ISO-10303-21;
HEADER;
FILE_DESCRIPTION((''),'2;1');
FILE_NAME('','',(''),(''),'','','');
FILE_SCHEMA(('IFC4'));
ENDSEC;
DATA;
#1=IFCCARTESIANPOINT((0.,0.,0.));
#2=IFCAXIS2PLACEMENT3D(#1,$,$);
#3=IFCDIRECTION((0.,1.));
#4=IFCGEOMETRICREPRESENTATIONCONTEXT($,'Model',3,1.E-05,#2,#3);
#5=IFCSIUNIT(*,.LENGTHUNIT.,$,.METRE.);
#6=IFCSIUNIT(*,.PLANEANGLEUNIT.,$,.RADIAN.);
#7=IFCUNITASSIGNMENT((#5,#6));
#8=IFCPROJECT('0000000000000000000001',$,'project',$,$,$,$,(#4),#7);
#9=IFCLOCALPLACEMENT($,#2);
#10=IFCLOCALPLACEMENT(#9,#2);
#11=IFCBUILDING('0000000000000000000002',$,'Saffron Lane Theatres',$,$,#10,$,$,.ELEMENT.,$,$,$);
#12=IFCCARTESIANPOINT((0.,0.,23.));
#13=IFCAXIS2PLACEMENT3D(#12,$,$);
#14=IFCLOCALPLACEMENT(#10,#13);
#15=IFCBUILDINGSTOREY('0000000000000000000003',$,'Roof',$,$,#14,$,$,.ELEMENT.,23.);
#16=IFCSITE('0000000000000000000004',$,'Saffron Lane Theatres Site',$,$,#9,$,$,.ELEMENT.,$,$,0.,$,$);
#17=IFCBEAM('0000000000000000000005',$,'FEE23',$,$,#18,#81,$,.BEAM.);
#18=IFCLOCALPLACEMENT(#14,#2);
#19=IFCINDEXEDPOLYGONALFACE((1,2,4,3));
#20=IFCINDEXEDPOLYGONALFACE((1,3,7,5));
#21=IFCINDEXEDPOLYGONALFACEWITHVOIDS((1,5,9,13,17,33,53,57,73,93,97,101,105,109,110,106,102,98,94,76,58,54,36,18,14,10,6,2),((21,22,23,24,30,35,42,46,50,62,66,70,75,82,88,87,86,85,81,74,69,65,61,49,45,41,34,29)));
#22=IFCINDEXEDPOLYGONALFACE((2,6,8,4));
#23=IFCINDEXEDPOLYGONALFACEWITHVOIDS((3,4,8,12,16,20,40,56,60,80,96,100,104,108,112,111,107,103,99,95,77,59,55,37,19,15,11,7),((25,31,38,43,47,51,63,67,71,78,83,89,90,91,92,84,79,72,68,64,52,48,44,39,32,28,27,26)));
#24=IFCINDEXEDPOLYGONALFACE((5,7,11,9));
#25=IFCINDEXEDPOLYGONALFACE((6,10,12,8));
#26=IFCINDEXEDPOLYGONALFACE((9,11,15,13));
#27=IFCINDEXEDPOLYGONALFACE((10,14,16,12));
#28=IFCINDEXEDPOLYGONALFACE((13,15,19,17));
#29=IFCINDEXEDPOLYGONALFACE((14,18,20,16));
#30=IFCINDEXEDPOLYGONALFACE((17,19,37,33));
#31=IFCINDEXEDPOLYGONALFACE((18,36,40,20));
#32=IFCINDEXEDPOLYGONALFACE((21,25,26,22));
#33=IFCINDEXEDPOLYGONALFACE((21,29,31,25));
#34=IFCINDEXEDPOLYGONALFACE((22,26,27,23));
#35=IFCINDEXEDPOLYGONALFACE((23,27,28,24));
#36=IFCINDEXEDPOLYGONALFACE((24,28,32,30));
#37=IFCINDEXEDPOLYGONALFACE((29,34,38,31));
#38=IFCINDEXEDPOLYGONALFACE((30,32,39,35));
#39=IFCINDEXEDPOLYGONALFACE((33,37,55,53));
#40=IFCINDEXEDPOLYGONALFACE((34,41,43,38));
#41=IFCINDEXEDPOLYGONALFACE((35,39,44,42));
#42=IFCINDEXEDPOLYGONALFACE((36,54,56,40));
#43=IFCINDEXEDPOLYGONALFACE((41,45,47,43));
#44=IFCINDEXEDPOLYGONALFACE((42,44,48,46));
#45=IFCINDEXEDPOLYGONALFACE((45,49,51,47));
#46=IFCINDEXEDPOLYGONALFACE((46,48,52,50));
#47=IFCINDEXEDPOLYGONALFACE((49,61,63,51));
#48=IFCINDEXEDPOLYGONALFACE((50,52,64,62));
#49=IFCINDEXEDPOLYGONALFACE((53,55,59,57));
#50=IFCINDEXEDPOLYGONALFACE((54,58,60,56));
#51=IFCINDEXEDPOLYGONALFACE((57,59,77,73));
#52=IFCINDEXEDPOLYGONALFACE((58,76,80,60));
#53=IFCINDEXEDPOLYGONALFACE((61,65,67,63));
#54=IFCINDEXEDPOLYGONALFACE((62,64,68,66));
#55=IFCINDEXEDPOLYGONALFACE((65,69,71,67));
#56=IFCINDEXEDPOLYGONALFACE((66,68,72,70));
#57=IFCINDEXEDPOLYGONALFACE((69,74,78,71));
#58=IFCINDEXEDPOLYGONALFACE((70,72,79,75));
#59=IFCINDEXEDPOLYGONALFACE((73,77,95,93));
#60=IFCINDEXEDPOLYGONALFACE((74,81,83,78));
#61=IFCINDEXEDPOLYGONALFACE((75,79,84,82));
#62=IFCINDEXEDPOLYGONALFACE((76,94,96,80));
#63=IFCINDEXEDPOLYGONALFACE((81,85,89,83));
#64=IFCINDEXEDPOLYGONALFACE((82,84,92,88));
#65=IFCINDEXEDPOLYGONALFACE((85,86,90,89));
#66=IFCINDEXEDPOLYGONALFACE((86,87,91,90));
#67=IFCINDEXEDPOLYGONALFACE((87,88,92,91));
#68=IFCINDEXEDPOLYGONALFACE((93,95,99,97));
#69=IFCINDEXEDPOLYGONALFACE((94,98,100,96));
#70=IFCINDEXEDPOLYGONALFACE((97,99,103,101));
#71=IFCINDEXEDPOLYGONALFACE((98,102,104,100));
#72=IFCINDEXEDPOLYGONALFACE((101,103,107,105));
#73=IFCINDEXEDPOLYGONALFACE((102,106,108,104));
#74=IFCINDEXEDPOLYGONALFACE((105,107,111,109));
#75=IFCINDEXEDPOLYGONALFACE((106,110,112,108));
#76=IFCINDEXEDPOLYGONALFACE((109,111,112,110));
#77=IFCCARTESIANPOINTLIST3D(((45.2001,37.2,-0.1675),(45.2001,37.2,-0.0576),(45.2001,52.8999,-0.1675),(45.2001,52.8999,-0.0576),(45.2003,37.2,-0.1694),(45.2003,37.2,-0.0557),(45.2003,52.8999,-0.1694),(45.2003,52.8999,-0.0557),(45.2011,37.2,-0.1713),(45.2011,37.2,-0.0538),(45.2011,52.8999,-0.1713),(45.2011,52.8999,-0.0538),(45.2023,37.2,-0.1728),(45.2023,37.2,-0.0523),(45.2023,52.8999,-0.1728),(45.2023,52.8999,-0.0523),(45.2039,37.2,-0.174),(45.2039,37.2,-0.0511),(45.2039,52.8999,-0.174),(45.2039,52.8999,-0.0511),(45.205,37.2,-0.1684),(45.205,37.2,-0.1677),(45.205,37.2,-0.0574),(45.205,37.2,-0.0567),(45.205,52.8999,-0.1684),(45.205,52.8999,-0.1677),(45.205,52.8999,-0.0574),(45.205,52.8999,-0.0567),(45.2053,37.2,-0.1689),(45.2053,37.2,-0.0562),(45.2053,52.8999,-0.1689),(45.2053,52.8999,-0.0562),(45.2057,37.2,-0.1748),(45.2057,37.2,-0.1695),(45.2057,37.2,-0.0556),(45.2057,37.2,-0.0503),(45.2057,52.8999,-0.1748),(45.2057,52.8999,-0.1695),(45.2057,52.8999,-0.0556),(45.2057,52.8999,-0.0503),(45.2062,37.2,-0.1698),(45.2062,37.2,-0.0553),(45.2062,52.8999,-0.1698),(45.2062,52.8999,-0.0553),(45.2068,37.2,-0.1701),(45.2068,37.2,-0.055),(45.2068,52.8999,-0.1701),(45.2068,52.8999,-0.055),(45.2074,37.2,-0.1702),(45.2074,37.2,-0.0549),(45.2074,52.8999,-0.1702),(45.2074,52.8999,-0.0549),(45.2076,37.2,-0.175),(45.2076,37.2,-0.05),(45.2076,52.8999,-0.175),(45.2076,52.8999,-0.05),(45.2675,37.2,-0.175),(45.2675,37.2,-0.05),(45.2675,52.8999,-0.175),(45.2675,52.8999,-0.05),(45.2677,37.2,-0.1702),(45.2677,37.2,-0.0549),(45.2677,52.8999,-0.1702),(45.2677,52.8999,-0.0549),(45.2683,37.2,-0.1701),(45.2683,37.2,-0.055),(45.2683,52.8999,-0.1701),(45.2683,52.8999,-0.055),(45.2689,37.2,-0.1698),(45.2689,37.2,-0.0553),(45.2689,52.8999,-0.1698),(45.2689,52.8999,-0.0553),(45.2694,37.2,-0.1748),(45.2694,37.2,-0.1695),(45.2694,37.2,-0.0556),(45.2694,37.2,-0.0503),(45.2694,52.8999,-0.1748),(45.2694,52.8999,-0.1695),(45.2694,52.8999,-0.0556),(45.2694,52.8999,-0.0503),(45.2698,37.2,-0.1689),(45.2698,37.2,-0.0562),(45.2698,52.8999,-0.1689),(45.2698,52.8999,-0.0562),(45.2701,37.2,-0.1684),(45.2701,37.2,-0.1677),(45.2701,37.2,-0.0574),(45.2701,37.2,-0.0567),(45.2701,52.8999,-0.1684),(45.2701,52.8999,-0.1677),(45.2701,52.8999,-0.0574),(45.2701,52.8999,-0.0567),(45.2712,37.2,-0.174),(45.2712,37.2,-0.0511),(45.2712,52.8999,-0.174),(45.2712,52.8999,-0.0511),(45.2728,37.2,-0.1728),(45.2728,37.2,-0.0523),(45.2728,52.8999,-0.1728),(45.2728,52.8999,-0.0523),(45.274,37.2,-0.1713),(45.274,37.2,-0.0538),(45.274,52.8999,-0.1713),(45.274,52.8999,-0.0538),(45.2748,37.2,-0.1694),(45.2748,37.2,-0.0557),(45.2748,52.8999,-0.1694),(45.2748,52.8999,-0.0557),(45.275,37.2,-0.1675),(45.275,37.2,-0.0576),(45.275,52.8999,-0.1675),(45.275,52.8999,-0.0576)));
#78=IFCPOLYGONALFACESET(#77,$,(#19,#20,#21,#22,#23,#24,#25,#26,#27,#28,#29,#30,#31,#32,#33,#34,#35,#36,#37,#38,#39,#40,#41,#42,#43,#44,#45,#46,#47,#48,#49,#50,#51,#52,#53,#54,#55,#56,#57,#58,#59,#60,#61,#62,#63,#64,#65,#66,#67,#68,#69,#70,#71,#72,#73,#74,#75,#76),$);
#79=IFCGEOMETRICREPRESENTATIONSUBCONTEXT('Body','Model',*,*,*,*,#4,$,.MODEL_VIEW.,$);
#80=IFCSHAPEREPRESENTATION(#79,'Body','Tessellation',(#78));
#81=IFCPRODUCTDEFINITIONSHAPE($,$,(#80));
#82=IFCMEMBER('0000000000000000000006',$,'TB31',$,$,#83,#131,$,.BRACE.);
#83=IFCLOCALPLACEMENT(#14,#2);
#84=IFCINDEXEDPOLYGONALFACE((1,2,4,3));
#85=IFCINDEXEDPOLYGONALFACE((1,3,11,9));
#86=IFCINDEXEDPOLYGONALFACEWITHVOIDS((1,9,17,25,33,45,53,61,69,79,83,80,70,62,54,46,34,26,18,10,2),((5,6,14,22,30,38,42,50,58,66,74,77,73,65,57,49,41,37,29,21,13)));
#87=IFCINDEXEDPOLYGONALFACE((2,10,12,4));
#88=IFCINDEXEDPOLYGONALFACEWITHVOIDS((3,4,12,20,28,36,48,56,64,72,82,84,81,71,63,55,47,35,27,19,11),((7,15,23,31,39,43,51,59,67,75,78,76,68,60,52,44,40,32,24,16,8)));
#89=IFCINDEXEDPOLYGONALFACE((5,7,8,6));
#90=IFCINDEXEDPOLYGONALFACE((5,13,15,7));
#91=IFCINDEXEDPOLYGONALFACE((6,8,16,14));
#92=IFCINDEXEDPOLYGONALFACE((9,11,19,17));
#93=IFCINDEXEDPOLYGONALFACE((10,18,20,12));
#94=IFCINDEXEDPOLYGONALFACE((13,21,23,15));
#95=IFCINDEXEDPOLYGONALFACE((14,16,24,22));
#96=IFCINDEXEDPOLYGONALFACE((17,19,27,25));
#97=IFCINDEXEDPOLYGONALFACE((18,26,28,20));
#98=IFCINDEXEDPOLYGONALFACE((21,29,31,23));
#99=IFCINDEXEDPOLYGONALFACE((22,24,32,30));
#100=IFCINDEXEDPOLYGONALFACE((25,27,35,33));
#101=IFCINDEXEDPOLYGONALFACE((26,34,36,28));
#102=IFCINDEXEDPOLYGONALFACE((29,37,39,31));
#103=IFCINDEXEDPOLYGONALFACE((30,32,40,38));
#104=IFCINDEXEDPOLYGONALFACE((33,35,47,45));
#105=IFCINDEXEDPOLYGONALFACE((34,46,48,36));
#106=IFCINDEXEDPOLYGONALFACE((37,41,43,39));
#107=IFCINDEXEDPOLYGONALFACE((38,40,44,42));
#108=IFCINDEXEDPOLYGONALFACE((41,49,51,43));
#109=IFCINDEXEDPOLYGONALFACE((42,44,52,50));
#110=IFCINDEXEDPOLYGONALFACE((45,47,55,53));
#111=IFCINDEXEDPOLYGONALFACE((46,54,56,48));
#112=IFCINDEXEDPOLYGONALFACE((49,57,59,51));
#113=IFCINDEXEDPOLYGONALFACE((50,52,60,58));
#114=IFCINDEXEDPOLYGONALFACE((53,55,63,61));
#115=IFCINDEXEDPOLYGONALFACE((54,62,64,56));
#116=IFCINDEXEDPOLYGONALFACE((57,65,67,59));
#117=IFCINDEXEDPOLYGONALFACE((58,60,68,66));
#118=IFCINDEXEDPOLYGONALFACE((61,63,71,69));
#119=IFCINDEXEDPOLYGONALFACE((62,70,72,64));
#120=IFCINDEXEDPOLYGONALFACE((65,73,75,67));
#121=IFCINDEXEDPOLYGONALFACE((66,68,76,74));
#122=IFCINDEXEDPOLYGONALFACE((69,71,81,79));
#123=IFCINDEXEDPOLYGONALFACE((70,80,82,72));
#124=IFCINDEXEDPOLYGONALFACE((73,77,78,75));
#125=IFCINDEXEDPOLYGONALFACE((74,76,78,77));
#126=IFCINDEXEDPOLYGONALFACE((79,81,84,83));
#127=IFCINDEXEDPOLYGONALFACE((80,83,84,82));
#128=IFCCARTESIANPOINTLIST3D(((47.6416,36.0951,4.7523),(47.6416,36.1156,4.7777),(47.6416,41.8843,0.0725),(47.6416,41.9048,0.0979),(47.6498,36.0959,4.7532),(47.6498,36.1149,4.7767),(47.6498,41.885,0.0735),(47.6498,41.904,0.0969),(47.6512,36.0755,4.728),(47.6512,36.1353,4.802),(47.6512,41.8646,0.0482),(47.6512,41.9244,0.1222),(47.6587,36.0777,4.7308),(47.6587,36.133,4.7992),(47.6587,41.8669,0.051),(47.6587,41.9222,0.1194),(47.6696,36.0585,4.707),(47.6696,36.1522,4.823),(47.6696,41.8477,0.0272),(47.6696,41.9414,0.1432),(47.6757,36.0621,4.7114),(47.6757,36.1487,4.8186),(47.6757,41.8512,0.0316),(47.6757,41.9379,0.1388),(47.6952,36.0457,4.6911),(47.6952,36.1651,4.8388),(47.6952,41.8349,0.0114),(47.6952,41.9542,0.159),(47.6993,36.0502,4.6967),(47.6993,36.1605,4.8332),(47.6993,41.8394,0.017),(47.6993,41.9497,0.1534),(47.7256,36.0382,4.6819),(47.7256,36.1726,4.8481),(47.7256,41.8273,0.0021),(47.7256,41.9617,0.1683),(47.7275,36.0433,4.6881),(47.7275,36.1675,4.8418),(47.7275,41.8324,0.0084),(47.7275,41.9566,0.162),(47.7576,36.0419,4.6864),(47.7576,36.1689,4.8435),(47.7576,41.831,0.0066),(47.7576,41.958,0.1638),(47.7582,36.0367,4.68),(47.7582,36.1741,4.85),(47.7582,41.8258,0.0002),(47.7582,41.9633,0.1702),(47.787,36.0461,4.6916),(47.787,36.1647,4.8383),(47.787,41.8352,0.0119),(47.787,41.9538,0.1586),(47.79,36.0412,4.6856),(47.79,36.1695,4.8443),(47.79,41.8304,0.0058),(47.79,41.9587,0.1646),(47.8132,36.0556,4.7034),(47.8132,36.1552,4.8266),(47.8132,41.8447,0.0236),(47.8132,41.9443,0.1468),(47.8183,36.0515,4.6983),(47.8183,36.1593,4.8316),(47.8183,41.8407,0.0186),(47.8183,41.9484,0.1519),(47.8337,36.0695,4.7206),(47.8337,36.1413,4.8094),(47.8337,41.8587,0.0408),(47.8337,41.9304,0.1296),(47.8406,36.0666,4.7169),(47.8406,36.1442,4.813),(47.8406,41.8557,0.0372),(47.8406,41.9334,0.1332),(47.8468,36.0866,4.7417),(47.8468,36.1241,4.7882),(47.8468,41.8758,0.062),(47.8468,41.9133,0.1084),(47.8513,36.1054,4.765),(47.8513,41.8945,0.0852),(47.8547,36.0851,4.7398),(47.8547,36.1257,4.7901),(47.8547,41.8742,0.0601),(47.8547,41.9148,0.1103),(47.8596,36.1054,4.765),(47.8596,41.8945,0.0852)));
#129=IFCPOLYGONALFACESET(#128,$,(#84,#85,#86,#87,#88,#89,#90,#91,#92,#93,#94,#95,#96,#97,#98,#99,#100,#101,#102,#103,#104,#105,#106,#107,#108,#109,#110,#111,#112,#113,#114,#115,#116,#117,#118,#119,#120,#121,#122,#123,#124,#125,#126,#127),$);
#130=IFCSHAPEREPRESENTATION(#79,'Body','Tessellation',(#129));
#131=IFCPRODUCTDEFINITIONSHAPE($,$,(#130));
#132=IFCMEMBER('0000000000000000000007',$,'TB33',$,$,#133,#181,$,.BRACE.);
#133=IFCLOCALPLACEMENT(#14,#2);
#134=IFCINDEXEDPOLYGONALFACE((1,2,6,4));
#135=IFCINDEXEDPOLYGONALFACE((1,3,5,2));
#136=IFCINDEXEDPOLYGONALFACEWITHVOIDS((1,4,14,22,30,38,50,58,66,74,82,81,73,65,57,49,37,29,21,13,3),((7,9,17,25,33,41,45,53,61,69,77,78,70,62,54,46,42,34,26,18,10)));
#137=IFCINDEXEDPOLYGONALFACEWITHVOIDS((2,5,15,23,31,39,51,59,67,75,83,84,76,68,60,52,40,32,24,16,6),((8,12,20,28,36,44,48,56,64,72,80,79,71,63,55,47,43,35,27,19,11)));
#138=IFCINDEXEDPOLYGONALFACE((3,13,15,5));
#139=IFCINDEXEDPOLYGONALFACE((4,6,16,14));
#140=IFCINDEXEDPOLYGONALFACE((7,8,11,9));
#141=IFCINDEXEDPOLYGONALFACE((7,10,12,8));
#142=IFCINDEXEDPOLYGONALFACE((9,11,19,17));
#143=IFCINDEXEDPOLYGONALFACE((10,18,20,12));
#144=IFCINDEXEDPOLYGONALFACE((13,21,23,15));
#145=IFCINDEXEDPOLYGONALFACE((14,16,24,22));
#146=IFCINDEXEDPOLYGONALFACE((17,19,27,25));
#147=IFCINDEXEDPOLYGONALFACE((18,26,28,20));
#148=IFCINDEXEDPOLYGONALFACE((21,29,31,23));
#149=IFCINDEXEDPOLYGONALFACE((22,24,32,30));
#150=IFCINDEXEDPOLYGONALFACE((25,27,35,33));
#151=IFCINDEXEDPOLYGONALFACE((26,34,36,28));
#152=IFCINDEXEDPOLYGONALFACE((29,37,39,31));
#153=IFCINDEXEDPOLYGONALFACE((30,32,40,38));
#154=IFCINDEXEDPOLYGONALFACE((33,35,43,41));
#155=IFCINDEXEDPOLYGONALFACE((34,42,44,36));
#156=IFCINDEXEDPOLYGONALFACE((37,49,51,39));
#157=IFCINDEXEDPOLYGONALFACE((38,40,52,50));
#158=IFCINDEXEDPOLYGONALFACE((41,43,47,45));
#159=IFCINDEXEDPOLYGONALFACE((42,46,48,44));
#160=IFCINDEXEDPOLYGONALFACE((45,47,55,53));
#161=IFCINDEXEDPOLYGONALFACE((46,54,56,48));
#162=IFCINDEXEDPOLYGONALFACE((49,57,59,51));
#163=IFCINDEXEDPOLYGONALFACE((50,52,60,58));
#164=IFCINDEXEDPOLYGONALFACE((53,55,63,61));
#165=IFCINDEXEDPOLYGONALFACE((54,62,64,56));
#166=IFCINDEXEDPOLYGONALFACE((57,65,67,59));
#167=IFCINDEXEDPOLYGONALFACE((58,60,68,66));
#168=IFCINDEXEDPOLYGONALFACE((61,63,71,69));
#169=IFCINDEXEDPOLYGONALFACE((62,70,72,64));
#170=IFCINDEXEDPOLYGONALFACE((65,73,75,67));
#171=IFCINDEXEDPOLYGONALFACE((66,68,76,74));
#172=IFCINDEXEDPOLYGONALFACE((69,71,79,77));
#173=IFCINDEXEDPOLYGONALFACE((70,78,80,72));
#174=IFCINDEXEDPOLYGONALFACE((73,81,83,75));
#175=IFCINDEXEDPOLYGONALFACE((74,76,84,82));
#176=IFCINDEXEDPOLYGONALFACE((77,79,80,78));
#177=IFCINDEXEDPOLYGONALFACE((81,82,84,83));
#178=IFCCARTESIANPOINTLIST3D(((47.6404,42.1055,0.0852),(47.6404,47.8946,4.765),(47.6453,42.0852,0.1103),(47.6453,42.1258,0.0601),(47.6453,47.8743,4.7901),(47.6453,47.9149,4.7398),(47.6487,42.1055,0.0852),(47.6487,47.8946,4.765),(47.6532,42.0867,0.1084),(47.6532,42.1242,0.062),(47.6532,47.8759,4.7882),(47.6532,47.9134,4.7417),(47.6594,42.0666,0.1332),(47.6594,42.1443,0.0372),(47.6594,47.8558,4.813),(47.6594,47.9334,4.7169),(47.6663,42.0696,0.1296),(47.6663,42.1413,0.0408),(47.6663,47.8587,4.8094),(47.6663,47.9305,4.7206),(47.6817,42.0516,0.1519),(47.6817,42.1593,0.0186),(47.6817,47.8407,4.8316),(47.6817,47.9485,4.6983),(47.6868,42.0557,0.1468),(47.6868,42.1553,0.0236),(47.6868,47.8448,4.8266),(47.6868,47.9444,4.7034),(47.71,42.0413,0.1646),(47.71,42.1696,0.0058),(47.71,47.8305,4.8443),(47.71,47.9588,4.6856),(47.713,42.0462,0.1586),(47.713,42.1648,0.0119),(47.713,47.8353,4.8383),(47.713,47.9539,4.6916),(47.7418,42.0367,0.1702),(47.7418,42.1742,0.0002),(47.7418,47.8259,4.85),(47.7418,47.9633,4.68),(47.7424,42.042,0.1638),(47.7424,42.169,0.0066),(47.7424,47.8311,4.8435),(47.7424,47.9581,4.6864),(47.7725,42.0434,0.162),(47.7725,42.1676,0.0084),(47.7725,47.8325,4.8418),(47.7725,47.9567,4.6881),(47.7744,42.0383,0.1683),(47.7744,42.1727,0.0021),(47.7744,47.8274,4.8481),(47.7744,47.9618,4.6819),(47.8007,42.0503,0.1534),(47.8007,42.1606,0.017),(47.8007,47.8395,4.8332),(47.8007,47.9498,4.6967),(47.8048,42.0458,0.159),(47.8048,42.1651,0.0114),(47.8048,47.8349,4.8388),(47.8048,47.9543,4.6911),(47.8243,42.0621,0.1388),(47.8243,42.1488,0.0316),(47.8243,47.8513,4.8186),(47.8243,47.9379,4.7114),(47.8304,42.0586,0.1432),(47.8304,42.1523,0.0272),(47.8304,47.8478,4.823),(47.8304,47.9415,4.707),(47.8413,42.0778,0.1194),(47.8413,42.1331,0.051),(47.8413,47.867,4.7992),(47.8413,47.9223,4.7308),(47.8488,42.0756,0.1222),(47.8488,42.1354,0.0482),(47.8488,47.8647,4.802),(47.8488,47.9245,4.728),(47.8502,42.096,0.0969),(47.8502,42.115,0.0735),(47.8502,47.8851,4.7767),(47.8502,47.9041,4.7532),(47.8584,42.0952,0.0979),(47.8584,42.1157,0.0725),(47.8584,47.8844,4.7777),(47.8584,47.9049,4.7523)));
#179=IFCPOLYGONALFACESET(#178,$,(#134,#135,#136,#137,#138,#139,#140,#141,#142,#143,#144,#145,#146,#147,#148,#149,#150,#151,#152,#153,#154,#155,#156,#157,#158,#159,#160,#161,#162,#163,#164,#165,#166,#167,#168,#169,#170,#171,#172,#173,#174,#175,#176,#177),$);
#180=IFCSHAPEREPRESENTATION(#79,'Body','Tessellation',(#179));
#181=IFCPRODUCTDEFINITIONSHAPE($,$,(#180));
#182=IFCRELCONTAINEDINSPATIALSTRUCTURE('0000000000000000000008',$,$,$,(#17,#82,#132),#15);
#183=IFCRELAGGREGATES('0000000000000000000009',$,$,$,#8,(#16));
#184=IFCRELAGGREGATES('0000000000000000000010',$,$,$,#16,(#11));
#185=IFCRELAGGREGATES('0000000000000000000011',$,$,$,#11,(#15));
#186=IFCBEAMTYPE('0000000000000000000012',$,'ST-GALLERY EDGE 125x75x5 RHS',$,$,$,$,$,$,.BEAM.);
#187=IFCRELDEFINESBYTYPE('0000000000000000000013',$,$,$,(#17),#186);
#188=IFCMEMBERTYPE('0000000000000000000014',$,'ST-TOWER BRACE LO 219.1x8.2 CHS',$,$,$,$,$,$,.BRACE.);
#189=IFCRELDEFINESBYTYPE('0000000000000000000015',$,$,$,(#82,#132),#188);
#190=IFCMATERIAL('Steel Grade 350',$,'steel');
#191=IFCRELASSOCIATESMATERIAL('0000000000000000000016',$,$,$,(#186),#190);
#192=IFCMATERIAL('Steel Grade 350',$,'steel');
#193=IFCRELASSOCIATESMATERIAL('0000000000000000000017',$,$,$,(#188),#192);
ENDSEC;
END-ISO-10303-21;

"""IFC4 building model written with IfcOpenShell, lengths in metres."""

from ifc_helpers import new_model, si_unit, direction, frame, origin, origin_2d, place, context, subcontext, project, spatial, hollow_rectangle, hollow_circle, extrude, material, material_profile, profile_set, type_object, element, save


model = new_model("IFC4")

# Units and contexts
model_context = context("Model", 3, precision=1e-05, world=origin(), true_north=direction((0.0, 1.0)))
body_context = subcontext(model_context, "Body", "Model", "MODEL_VIEW")
ifc_project = project(units=[si_unit("LENGTHUNIT", "METRE"), si_unit("PLANEANGLEUNIT", "RADIAN")], contexts=[model_context])

# Site, building, storey
site_placement = place(None, origin())
site = spatial("IfcSite", under=ifc_project, at=site_placement, Name="Saffron Lane Theatres Site", CompositionType="ELEMENT", RefElevation=0.0)
building_placement = place(site_placement, origin())
building = spatial("IfcBuilding", under=site, at=building_placement, Name="Saffron Lane Theatres", CompositionType="ELEMENT")
storey_placement = place(building_placement, frame((0.0, 0.0, 23.0)))
storey = spatial("IfcBuildingStorey", under=building, at=storey_placement, Name="Roof", CompositionType="ELEMENT", Elevation=23.0)

# Beam
ifc_material_1 = material(Name="Steel Grade 350", Category="steel")
ifc_material_profile_1 = material_profile(ifc_material_1, hollow_rectangle(XDim=0.075, YDim=0.125, WallThickness=0.0049, InnerFilletRadius=0.0024, OuterFilletRadius=0.0076, at=origin_2d()))
ifc_profile_set_1 = profile_set([ifc_material_profile_1], Name="Steel Grade 350")
beam_type_1 = type_object("IfcBeamType", Name="ST-GALLERY EDGE 125x75x5 RHS", PredefinedType="BEAM", material=ifc_profile_set_1)
beam_1_placement = place(storey_placement, frame((45.2375, 37.2, -0.1125), z_axis=(0.0, 1.0, 0.0), x_axis=(-1.0, 0.0, 0.0)))
element("IfcBeam", 1, at=beam_1_placement, inside=storey, type_object=beam_type_1, Name="FEE23", PredefinedType="BEAM", context=body_context, shape_type="SweptSolid", body=[
    extrude(hollow_rectangle(XDim=0.075, YDim=0.125, WallThickness=0.0049, InnerFilletRadius=0.0024, OuterFilletRadius=0.0076, at=origin_2d()), origin(), (0.0, 0.0, 1.0), 15.7),
])

# Members
ifc_material_2 = material(Name="Steel Grade 350", Category="steel")
ifc_material_profile_2 = material_profile(ifc_material_2, hollow_circle(Radius=0.1096, WallThickness=0.0083, at=origin_2d()))
ifc_profile_set_2 = profile_set([ifc_material_profile_2], Name="Steel Grade 350")
member_type = type_object("IfcMemberType", Name="ST-TOWER BRACE LO 219.1x8.2 CHS", PredefinedType="BRACE", material=ifc_profile_set_2)
for number, where, z_axis, x_axis, name in (
    (2, (47.75, 41.8945, 0.0852), (0.0, -0.777685, 0.628655), (1.0, 0.0, 0.0), "TB31"),
    (3, (47.75, 42.1055, 0.0852), (0.0, 0.777685, 0.628655), (-1.0, 0.0, 0.0), "TB33"),
):
    element("IfcMember", number, at=place(storey_placement, frame(where, z_axis=z_axis, x_axis=x_axis)), inside=storey, type_object=member_type, Name=name, PredefinedType="BRACE", context=body_context, shape_type="SweptSolid", body=[
        extrude(hollow_circle(Radius=0.1096, WallThickness=0.0083, at=origin_2d()), origin(), (0.0, 0.0, 1.0), 7.4441),
    ])

save(model, "model.ifc")
